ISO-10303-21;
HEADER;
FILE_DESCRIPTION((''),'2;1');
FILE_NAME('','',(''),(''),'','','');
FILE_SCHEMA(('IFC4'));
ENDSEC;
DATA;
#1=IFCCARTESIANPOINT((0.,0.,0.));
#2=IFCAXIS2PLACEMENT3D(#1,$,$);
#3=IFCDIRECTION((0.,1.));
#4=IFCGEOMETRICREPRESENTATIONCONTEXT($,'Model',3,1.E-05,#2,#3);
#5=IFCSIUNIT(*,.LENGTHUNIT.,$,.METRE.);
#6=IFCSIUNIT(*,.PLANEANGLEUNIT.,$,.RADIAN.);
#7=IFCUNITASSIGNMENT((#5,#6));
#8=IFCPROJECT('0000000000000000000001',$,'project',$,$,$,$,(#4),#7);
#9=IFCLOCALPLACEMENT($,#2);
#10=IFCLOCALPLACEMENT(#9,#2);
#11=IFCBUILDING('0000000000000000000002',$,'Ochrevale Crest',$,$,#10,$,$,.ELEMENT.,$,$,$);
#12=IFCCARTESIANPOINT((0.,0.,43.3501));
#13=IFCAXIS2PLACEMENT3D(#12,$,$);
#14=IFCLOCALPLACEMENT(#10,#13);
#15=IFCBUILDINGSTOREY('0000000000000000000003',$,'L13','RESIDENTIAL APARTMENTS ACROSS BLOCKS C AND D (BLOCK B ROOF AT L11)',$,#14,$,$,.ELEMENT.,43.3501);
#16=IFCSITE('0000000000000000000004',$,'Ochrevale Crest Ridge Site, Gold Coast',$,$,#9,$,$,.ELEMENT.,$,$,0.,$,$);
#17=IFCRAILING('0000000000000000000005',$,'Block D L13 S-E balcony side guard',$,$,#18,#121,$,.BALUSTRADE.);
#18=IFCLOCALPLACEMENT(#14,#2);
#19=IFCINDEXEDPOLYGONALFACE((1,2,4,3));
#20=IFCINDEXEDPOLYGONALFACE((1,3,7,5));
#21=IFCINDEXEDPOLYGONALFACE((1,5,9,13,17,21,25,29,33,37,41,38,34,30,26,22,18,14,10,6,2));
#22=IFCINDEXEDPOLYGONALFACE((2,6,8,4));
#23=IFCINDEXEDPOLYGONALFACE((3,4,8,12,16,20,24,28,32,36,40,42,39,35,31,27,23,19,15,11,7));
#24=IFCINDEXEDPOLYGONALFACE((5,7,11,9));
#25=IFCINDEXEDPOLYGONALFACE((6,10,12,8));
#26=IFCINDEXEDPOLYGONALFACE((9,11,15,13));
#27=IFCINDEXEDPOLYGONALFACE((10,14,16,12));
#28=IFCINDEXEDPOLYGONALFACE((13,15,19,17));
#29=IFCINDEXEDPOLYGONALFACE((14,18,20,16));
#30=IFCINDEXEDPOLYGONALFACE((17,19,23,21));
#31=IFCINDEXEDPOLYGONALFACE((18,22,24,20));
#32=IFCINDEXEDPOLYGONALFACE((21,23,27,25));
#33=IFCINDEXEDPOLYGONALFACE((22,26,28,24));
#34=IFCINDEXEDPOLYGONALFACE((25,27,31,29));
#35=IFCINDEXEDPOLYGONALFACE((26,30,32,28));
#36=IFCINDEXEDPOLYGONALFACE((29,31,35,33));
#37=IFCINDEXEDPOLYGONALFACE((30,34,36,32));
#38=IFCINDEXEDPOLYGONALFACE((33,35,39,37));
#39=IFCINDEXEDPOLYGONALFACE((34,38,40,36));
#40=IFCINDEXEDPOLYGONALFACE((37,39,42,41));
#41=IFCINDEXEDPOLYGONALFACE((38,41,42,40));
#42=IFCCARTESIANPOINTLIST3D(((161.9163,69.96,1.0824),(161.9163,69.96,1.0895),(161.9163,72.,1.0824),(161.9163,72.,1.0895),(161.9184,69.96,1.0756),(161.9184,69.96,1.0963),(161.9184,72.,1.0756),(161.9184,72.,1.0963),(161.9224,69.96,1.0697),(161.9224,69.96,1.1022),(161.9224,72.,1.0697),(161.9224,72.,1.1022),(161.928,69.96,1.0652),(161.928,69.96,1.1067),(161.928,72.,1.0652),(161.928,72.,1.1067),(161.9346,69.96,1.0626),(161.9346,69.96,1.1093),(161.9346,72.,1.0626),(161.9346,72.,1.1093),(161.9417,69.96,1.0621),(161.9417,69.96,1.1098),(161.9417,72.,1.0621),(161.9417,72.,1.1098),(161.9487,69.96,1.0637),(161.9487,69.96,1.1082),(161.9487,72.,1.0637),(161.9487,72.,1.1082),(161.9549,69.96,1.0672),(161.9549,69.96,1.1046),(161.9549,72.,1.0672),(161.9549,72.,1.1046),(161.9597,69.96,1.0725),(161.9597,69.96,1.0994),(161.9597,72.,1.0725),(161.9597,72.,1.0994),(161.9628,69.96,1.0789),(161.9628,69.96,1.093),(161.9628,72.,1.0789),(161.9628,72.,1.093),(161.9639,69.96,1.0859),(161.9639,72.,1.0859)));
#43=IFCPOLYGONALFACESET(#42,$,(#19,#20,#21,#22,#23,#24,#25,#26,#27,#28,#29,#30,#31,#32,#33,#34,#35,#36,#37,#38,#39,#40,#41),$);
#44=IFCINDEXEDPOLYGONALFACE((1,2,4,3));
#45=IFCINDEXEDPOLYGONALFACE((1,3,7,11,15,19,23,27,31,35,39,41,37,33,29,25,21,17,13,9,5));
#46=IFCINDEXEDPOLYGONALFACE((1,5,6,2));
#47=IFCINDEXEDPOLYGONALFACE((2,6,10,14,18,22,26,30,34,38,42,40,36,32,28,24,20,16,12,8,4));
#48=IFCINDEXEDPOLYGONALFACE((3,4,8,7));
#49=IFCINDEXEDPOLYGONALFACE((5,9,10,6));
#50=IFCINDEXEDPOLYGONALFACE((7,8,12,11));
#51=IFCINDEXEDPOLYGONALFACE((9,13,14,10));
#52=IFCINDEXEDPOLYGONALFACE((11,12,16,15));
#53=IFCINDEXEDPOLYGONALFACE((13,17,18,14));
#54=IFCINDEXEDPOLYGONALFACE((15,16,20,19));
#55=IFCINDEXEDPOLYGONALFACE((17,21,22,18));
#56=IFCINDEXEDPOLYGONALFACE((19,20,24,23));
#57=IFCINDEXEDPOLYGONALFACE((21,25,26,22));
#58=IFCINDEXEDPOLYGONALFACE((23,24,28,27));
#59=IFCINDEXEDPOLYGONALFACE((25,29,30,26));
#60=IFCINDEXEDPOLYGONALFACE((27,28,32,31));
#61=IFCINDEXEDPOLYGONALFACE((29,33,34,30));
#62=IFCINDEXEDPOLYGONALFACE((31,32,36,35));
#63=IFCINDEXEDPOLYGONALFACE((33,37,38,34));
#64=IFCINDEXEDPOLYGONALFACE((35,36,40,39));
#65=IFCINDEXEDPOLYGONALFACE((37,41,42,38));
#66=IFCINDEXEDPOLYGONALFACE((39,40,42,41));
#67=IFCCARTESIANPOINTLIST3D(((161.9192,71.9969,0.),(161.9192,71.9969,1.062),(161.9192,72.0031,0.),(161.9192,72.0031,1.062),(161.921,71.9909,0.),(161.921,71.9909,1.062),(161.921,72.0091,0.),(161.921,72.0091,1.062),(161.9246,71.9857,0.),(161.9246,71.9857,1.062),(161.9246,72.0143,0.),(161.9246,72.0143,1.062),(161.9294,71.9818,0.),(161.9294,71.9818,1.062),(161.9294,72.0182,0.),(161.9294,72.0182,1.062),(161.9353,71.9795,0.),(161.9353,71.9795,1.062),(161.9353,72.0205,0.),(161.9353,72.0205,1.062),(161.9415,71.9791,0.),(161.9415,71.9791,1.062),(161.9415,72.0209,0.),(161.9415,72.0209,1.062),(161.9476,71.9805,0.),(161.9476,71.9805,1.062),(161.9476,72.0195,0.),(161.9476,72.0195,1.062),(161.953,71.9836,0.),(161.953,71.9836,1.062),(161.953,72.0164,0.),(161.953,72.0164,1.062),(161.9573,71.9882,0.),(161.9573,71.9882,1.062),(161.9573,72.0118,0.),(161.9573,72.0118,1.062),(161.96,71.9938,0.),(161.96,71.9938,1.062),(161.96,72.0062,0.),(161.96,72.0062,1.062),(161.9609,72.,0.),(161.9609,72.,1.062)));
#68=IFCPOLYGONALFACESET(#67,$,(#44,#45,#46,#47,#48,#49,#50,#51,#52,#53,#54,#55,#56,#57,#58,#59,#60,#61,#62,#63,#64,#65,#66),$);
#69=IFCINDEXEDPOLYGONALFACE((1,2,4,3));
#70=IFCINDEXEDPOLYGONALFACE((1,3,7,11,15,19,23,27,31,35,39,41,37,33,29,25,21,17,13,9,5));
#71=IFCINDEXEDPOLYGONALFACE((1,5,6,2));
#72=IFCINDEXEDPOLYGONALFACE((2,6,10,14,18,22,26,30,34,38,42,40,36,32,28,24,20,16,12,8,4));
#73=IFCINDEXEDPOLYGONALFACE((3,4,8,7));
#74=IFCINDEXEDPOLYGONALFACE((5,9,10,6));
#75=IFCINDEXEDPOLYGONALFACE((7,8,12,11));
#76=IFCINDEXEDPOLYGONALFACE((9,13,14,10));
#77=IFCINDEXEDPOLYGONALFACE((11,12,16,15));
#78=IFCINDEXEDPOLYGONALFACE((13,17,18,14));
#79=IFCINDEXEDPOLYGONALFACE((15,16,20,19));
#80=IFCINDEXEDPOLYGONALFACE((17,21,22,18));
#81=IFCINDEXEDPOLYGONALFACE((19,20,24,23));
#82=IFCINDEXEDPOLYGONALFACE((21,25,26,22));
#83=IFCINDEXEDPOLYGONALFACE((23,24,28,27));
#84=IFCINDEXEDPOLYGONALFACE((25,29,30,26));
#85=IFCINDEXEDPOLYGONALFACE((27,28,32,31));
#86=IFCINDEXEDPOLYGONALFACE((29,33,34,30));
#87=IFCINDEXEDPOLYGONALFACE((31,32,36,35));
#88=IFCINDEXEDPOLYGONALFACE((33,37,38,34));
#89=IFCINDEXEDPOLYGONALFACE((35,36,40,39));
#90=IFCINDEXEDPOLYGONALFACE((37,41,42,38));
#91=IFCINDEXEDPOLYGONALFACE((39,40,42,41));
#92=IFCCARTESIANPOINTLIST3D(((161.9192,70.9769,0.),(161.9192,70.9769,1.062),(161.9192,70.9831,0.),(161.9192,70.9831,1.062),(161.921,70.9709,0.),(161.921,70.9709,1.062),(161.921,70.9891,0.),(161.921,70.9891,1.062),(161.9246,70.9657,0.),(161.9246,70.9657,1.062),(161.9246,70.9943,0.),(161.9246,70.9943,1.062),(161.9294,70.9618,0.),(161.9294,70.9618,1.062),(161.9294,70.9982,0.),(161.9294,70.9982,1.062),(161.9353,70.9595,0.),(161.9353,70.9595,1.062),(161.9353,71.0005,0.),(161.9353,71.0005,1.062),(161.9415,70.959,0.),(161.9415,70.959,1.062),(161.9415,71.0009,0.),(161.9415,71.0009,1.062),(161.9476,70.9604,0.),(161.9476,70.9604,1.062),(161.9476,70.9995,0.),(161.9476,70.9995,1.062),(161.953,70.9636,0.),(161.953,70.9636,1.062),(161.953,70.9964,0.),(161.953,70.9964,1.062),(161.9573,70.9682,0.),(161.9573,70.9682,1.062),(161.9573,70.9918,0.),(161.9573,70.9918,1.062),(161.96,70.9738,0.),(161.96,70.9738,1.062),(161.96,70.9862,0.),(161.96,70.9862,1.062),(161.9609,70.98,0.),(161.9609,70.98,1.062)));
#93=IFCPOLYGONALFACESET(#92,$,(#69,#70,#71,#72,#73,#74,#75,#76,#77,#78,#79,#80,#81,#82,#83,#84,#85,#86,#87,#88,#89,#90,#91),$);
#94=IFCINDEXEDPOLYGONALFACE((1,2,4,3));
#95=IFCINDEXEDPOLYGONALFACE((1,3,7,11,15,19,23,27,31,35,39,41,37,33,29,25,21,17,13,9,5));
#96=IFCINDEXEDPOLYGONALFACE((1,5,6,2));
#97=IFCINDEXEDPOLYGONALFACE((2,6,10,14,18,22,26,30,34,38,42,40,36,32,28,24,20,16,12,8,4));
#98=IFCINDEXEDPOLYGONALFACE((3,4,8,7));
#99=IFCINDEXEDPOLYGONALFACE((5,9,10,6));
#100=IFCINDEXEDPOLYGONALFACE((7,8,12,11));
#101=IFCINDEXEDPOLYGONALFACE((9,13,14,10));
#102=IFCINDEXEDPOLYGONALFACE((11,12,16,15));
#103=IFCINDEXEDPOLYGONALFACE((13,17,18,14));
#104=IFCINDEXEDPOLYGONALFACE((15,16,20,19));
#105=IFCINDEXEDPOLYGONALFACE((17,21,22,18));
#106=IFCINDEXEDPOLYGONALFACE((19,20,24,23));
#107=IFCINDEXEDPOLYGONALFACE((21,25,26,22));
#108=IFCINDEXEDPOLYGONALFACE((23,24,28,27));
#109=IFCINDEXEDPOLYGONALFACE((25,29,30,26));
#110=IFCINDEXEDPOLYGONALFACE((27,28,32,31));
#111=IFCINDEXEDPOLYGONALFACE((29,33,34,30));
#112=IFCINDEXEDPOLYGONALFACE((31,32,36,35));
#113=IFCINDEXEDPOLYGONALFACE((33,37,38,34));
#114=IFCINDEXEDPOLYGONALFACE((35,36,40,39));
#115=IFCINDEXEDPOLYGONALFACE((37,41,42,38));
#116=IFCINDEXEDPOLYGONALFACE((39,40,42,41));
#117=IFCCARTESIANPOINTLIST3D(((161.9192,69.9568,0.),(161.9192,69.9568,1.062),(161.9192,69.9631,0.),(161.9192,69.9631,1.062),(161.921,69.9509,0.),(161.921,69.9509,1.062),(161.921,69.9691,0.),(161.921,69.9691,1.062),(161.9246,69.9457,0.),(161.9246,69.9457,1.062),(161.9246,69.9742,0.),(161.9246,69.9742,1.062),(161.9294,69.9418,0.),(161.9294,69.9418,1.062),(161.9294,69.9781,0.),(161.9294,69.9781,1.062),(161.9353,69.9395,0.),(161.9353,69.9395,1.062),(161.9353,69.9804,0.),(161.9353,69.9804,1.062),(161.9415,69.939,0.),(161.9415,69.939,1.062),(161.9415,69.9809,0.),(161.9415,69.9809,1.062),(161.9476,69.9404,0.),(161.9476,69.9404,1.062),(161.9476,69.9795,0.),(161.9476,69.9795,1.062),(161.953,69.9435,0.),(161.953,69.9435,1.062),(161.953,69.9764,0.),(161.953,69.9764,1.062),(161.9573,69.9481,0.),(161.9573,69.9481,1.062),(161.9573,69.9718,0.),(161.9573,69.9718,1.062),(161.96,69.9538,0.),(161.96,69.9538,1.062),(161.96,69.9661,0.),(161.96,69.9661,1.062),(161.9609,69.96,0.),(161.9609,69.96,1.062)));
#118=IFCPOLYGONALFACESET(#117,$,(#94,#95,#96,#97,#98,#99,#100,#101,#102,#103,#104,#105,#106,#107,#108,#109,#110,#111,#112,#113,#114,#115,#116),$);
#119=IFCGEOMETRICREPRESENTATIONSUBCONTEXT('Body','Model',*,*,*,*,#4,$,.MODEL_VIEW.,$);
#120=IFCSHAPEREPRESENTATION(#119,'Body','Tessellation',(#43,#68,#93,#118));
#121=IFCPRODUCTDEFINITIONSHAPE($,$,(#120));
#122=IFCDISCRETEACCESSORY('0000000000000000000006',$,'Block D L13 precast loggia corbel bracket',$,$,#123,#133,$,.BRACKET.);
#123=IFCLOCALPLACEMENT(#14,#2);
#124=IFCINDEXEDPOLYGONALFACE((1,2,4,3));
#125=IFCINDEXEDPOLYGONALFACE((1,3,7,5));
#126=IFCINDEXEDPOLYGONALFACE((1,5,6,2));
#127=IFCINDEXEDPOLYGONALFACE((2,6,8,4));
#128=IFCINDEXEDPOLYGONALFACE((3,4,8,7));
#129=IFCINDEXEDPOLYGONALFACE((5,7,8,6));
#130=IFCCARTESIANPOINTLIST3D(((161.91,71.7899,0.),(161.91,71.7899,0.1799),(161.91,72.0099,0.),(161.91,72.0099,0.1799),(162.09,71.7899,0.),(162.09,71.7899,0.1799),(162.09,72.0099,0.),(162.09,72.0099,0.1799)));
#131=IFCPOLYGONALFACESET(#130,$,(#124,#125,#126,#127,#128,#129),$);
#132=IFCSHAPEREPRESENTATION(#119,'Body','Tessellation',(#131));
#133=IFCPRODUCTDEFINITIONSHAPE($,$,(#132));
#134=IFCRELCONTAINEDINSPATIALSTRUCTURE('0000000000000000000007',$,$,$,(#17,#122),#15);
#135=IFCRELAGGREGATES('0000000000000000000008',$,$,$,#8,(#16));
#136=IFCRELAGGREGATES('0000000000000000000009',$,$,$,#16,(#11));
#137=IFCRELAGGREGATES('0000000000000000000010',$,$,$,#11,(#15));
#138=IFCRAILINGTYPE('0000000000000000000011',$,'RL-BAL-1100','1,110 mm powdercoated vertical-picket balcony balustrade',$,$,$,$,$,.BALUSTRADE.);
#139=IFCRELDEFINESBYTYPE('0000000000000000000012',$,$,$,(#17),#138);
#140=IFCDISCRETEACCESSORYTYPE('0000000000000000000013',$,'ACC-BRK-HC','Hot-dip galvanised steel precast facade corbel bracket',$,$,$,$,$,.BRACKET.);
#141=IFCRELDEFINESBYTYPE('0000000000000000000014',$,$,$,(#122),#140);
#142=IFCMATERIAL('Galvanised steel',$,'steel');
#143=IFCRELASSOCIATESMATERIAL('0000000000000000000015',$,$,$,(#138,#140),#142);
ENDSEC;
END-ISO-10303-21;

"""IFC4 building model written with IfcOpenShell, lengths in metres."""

from ifc_helpers import new_model, si_unit, direction, frame, origin, origin_2d, place, context, subcontext, project, spatial, rectangle, circle, extrude, material, type_object, element, save


model = new_model("IFC4")

# Units and contexts
model_context = context("Model", 3, precision=1e-05, world=origin(), true_north=direction((0.0, 1.0)))
body_context = subcontext(model_context, "Body", "Model", "MODEL_VIEW")
ifc_project = project(units=[si_unit("LENGTHUNIT", "METRE"), si_unit("PLANEANGLEUNIT", "RADIAN")], contexts=[model_context])

# Site, building, storey
site_placement = place(None, origin())
site = spatial("IfcSite", under=ifc_project, at=site_placement, Name="Ochrevale Crest Ridge Site, Gold Coast", CompositionType="ELEMENT", RefElevation=0.0)
building_placement = place(site_placement, origin())
building = spatial("IfcBuilding", under=site, at=building_placement, Name="Ochrevale Crest", CompositionType="ELEMENT")
storey_placement = place(building_placement, frame((0.0, 0.0, 43.3501)))
storey = spatial("IfcBuildingStorey", under=building, at=storey_placement, Name="L13", Description="RESIDENTIAL APARTMENTS ACROSS BLOCKS C AND D (BLOCK B ROOF AT L11)", CompositionType="ELEMENT", Elevation=43.3501)

# Railing
ifc_material_1 = material(Name="Galvanised steel", Category="steel")
railing_type = type_object("IfcRailingType", Name="RL-BAL-1100", Description="1,110 mm powdercoated vertical-picket balcony balustrade", PredefinedType="BALUSTRADE", material=ifc_material_1)
railing_placement = place(storey_placement, frame((161.9399, 72.0, 0.0)))
element("IfcRailing", 1, at=railing_placement, inside=storey, type_object=railing_type, Name="Block D L13 S-E balcony side guard", PredefinedType="BALUSTRADE", context=body_context, shape_type="SweptSolid", body=[
    extrude(circle(Radius=0.0239, at=origin_2d()), frame((0.0, 0.0, 1.0859), z_axis=(0.0, -1.0, 0.0), x_axis=(1.0, 0.0, 0.0)), (0.0, 0.0, 1.0), 2.04),
    extrude(circle(Radius=0.021, at=origin_2d()), origin(), (0.0, 0.0, 1.0), 1.062),
    extrude(circle(Radius=0.021, at=origin_2d()), frame((0.0, -1.02, 0.0)), (0.0, 0.0, 1.0), 1.062),
    extrude(circle(Radius=0.021, at=origin_2d()), frame((0.0, -2.04, 0.0)), (0.0, 0.0, 1.0), 1.062),
])

# Discrete accessory
discrete_accessory_type = type_object("IfcDiscreteAccessoryType", Name="ACC-BRK-HC", Description="Hot-dip galvanised steel precast facade corbel bracket", PredefinedType="BRACKET", material=ifc_material_1)
discrete_accessory_placement = place(storey_placement, frame((162.0, 71.8999, 0.0), z_axis=(0.0, 0.0, 1.0), x_axis=(1.0, 0.0, 0.0)))
element("IfcDiscreteAccessory", 2, at=discrete_accessory_placement, inside=storey, type_object=discrete_accessory_type, Name="Block D L13 precast loggia corbel bracket", PredefinedType="BRACKET", context=body_context, shape_type="SweptSolid", body=[
    extrude(rectangle(XDim=0.1799, YDim=0.22, at=origin_2d()), origin(), (0.0, 0.0, 1.0), 0.1799),
])

save(model, "model.ifc")
